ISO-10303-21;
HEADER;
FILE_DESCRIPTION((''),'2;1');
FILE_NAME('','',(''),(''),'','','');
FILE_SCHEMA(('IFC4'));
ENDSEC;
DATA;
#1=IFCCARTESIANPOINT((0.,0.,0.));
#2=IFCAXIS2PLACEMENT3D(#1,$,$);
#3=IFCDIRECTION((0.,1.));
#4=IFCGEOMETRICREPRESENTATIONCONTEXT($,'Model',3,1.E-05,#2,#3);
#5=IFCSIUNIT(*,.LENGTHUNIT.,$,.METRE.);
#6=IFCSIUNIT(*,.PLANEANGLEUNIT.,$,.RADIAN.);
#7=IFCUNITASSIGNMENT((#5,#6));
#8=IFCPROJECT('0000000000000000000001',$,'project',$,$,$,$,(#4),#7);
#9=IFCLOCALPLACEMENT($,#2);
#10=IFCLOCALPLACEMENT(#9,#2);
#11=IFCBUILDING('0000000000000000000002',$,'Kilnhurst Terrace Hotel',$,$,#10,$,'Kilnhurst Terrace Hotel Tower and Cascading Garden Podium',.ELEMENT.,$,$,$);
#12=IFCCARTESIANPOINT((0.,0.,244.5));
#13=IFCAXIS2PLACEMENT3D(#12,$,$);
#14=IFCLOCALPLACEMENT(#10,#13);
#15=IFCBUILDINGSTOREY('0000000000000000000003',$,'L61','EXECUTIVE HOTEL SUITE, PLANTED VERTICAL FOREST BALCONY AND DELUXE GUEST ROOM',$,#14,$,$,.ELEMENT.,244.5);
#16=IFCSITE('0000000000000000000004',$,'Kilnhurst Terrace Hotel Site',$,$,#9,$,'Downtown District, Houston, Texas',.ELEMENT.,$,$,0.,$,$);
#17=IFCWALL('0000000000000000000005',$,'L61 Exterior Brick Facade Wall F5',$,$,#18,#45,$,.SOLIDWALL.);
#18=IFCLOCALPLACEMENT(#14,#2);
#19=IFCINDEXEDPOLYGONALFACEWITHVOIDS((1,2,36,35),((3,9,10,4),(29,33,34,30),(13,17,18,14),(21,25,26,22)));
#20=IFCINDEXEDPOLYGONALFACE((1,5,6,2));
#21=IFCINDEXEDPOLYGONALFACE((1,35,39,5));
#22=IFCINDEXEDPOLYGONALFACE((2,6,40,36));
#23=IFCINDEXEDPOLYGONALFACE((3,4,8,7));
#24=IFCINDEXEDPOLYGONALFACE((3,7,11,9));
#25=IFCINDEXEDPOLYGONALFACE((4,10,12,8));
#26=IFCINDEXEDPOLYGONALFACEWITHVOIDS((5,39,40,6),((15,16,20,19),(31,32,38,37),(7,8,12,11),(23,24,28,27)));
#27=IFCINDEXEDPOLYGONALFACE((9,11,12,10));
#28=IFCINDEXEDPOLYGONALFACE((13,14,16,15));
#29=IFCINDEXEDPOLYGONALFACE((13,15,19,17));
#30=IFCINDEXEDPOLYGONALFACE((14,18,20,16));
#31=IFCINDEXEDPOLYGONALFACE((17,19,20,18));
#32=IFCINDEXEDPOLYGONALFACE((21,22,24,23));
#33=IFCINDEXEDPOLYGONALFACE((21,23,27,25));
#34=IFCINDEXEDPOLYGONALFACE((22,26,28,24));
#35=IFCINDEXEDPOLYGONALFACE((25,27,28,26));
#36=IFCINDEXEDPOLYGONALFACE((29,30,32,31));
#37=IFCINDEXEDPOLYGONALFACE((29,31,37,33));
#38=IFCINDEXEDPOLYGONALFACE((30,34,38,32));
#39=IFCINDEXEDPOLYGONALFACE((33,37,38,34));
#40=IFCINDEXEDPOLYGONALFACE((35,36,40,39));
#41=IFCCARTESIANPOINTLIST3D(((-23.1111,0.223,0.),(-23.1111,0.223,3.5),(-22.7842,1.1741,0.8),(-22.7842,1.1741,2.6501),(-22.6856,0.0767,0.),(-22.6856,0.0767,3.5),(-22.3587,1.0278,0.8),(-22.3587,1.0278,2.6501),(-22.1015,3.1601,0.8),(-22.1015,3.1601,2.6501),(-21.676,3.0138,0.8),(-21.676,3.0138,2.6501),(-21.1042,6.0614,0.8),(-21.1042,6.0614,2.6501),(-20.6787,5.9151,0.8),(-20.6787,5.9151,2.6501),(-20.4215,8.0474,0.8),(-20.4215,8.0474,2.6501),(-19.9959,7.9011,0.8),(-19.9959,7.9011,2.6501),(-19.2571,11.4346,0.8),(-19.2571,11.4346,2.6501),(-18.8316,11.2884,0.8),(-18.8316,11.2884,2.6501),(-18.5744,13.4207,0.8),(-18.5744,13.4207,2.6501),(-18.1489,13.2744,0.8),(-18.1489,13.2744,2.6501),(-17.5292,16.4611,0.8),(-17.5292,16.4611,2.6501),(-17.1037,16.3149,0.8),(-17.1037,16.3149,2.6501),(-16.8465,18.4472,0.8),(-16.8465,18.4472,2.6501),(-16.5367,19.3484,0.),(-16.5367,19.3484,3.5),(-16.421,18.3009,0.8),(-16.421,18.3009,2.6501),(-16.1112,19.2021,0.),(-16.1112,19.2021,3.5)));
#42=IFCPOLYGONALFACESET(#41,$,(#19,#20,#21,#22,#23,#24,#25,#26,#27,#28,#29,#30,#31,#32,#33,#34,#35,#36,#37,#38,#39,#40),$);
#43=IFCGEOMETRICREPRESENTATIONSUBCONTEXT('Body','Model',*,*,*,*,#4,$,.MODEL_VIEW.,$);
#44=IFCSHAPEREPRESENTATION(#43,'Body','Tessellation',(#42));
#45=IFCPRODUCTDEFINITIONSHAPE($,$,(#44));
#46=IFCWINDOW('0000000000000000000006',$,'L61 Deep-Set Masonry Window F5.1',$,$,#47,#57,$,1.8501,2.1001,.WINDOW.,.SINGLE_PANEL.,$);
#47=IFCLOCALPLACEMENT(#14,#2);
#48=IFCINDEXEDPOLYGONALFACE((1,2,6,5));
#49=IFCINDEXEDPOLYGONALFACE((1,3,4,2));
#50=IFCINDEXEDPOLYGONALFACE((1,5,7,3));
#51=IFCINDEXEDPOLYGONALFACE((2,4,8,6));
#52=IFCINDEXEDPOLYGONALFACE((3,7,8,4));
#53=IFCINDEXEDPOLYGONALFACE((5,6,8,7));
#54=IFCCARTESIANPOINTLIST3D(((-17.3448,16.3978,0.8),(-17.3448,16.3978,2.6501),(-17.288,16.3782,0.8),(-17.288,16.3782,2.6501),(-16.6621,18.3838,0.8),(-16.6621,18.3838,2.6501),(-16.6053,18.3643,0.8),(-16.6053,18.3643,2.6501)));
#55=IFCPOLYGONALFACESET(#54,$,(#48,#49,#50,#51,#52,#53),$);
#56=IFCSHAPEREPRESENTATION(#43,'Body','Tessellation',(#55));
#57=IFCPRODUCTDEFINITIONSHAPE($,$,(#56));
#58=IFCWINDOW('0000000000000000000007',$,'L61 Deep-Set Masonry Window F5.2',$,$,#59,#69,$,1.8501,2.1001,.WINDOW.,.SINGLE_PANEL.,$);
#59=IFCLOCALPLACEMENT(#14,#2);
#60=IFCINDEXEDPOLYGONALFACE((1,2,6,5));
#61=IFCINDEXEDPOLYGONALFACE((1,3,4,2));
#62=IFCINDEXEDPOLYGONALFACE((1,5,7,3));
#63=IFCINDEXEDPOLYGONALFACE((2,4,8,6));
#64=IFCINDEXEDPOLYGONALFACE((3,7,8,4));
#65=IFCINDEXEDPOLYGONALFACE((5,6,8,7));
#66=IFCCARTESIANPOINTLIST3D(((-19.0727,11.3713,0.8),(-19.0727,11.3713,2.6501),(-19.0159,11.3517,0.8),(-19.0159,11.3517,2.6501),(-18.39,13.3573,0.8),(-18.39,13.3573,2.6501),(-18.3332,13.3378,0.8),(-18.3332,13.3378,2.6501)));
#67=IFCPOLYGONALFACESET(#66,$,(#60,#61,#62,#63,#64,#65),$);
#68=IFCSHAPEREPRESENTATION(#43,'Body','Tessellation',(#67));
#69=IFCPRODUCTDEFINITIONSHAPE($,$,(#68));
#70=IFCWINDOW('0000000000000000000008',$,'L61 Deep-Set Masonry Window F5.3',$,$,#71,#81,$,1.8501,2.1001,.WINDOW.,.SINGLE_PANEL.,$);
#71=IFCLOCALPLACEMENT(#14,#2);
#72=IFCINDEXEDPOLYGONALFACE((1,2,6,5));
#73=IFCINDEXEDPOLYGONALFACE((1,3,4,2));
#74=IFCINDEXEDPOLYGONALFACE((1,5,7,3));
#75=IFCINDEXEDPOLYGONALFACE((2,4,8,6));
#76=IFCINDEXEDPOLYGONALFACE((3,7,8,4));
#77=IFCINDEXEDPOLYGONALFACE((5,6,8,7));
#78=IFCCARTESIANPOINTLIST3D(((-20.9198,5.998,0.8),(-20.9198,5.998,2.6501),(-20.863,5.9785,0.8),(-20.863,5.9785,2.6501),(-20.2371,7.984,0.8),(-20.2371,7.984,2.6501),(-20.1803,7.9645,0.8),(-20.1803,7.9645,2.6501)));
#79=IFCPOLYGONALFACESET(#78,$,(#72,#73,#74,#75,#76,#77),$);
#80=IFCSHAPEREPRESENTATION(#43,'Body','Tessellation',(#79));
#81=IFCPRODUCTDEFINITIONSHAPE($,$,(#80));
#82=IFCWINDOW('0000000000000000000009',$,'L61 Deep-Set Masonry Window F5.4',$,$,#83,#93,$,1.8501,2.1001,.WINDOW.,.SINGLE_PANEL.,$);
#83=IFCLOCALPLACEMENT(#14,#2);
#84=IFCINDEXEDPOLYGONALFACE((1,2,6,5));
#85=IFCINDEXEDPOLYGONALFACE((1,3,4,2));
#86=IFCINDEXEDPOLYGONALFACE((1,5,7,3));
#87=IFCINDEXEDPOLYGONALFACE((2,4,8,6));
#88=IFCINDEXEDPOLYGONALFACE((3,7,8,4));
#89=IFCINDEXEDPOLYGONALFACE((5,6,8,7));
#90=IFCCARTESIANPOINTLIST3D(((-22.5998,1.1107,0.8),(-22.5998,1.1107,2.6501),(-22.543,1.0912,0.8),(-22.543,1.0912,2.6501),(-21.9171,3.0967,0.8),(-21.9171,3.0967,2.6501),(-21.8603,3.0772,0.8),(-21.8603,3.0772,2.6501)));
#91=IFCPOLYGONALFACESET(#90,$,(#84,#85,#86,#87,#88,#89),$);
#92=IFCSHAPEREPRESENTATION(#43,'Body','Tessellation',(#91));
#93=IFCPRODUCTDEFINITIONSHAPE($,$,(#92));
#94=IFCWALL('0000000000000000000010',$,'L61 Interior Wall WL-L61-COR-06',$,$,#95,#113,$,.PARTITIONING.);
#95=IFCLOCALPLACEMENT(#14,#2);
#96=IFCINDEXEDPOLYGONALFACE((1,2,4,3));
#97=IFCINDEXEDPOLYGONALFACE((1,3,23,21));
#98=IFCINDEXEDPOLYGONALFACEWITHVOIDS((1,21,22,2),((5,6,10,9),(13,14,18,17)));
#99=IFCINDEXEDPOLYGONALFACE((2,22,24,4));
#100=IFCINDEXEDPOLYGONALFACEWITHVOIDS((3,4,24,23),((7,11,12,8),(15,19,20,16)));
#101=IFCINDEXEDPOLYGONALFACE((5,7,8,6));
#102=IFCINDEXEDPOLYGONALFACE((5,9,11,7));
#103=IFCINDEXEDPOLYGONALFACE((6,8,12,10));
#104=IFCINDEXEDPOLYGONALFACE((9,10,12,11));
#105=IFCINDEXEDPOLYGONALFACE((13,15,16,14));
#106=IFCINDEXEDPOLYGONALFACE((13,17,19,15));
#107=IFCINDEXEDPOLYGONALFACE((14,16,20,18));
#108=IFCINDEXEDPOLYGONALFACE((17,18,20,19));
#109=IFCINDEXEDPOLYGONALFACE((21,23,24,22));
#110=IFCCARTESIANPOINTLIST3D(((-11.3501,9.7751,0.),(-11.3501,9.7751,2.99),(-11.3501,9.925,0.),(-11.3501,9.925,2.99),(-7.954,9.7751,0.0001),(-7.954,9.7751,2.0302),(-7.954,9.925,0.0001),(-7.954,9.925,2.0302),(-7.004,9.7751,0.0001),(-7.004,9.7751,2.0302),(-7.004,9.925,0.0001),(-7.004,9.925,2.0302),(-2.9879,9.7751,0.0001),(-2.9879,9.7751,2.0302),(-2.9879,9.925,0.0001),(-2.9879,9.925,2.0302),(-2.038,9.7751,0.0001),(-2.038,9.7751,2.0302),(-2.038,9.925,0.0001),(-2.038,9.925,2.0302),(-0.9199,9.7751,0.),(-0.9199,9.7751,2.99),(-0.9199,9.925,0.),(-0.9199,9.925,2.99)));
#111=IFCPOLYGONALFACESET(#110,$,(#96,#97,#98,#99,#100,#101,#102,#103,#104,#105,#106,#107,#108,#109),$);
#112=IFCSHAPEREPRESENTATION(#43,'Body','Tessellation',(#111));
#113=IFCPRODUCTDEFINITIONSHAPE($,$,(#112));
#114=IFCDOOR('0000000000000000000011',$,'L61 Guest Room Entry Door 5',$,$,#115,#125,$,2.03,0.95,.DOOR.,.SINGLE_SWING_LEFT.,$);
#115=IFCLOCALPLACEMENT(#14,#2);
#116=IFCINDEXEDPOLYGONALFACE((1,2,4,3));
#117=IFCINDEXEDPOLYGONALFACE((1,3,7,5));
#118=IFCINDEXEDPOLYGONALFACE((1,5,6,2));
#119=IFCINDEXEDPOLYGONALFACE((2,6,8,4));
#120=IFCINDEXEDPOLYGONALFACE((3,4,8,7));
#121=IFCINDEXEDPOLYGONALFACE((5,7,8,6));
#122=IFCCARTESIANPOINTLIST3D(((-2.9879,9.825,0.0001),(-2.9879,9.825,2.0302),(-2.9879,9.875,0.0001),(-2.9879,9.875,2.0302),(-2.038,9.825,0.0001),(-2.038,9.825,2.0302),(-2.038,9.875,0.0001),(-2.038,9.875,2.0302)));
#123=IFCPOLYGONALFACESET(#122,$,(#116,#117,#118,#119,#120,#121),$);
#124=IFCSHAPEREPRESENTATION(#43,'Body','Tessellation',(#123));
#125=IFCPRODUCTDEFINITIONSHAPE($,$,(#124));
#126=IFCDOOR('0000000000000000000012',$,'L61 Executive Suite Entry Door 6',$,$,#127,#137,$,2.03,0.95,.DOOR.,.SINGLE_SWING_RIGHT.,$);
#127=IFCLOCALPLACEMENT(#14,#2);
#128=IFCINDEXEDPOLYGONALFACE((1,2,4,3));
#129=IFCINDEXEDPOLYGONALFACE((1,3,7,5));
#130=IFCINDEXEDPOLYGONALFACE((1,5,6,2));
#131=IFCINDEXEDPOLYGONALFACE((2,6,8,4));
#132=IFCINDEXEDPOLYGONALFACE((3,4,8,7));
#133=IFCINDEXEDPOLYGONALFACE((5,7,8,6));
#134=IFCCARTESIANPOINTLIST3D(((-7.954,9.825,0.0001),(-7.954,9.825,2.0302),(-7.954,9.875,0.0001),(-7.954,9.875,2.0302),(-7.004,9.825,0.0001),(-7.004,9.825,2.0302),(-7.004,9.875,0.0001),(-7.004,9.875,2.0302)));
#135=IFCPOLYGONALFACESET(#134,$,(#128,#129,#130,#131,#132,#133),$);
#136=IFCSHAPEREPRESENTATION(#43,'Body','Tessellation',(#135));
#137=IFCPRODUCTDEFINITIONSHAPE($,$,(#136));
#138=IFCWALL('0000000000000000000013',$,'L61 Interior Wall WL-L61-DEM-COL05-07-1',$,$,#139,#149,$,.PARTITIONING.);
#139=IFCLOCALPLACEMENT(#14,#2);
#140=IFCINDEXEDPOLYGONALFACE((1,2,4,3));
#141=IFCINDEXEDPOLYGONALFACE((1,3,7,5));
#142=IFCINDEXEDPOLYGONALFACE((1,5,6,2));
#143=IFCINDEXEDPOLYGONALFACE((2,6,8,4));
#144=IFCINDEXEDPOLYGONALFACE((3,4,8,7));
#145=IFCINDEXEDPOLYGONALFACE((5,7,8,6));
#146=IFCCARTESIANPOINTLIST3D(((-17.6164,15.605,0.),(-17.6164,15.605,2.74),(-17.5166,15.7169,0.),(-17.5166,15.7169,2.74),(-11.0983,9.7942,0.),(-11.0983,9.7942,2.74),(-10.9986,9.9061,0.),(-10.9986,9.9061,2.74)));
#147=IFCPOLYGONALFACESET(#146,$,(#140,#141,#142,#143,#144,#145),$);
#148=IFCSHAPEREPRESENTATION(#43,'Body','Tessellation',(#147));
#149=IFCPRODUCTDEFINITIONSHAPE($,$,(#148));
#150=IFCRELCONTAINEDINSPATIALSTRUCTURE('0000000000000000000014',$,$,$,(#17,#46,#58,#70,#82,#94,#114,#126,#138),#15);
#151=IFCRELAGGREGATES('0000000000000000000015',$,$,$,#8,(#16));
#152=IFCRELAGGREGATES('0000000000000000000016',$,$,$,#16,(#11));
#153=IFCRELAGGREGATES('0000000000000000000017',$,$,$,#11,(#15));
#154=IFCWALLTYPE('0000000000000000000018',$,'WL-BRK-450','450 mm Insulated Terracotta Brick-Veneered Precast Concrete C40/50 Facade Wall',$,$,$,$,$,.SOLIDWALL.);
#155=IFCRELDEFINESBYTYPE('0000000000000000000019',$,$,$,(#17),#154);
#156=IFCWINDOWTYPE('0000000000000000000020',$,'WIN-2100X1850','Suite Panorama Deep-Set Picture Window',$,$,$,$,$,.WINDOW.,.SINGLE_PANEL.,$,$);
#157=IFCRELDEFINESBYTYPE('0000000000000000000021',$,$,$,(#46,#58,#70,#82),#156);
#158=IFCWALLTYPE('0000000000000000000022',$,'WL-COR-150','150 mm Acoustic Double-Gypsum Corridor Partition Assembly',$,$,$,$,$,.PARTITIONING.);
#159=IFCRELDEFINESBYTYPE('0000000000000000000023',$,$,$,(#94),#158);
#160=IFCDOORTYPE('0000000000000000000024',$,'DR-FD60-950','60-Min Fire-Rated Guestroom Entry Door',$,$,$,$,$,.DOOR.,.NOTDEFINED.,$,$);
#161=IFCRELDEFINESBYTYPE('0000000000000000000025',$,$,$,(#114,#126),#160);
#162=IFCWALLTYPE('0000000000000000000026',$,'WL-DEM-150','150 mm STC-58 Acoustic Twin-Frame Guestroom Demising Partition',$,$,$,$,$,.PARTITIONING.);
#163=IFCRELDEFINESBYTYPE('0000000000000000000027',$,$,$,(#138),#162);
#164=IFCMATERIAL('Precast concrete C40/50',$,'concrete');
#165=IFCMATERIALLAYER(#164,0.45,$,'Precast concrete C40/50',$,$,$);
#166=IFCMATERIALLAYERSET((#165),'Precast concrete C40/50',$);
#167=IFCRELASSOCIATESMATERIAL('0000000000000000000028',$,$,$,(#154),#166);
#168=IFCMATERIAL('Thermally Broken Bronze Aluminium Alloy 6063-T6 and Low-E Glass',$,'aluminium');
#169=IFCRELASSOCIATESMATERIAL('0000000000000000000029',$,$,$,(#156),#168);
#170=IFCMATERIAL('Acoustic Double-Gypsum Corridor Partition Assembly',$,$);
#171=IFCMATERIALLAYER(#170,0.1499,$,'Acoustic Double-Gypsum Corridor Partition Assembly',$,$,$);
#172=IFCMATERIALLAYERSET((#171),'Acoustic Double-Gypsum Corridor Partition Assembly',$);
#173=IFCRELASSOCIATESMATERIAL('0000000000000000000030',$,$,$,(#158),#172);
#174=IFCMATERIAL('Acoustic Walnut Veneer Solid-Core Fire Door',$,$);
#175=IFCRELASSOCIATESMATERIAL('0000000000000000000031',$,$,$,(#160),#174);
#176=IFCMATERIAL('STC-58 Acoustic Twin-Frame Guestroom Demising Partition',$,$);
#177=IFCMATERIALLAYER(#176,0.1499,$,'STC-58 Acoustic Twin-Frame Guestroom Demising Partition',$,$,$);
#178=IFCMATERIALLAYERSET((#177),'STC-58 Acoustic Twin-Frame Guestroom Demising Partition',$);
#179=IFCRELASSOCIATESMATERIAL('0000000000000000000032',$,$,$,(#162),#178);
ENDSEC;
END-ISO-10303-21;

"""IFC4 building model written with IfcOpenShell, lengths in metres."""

from ifc_helpers import new_model, si_unit, direction, frame, frame_2d, origin, place, context, subcontext, project, spatial, rectangle, extrude, material, layer, layer_set, type_object, element, fill, save


model = new_model("IFC4")

# Units and contexts
model_context = context("Model", 3, precision=1e-05, world=origin(), true_north=direction((0.0, 1.0)))
body_context = subcontext(model_context, "Body", "Model", "MODEL_VIEW")
ifc_project = project(units=[si_unit("LENGTHUNIT", "METRE"), si_unit("PLANEANGLEUNIT", "RADIAN")], contexts=[model_context])

# Site, building, storey
site_placement = place(None, origin())
site = spatial("IfcSite", under=ifc_project, at=site_placement, Name="Kilnhurst Terrace Hotel Site", LongName="Downtown District, Houston, Texas", CompositionType="ELEMENT", RefElevation=0.0)
building_placement = place(site_placement, origin())
building = spatial("IfcBuilding", under=site, at=building_placement, Name="Kilnhurst Terrace Hotel", LongName="Kilnhurst Terrace Hotel Tower and Cascading Garden Podium", CompositionType="ELEMENT")
storey_placement = place(building_placement, frame((0.0, 0.0, 244.5)))
storey = spatial("IfcBuildingStorey", under=building, at=storey_placement, Name="L61", Description="EXECUTIVE HOTEL SUITE, PLANTED VERTICAL FOREST BALCONY AND DELUXE GUEST ROOM", CompositionType="ELEMENT", Elevation=244.5)

# Shared definitions
ifc_material_1 = material(Name="Precast concrete C40/50", Category="concrete")
ifc_layer_1 = layer(ifc_material_1, 0.45, Name="Precast concrete C40/50")
ifc_layer_set_1 = layer_set([ifc_layer_1], Name="Precast concrete C40/50")
wall_type_1 = type_object("IfcWallType", Name="WL-BRK-450", Description="450 mm Insulated Terracotta Brick-Veneered Precast Concrete C40/50 Facade Wall", PredefinedType="SOLIDWALL", material=ifc_layer_set_1)

# Wall, openings, windows
wall_1_placement = place(storey_placement, frame((-16.324, 19.2751, 0.0), z_axis=(0.0, 0.0, 1.0), x_axis=(-0.325083, -0.945685, 0.0)))
wall_1 = element("IfcWall", 1, at=wall_1_placement, inside=storey, type_object=wall_type_1, Name="L61 Exterior Brick Facade Wall F5", PredefinedType="SOLIDWALL", context=body_context, shape_type="SweptSolid", body=[
    extrude(rectangle(XDim=20.2239, YDim=0.45, at=frame_2d((10.1118, 0.0))), origin(), (0.0, 0.0, 1.0), 3.5),
])
opening_1_placement = place(wall_1_placement, frame((0.9529, 0.0, 0.8)))
opening_1 = element("IfcOpeningElement", 2, at=opening_1_placement, cuts=wall_1, PredefinedType="OPENING", context=body_context, shape_type="SweptSolid", body=[
    extrude(rectangle(XDim=2.1001, YDim=1.8501, at=frame_2d((1.05, 0.925))), frame((0.0, 0.2349, 0.0), z_axis=(0.0, -1.0, 0.0), x_axis=(1.0, 0.0, 0.0)), (0.0, 0.0, 1.0), 0.47),
])
opening_2_placement = place(wall_1_placement, frame((6.2681, 0.0, 0.8)))
opening_2 = element("IfcOpeningElement", 3, at=opening_2_placement, cuts=wall_1, PredefinedType="OPENING", context=body_context, shape_type="SweptSolid", body=[
    extrude(rectangle(XDim=2.1001, YDim=1.8501, at=frame_2d((1.05, 0.925))), frame((0.0, 0.2349, 0.0), z_axis=(0.0, -1.0, 0.0), x_axis=(1.0, 0.0, 0.0)), (0.0, 0.0, 1.0), 0.47),
])
opening_3_placement = place(wall_1_placement, frame((11.95, 0.0, 0.8)))
opening_3 = element("IfcOpeningElement", 4, at=opening_3_placement, cuts=wall_1, PredefinedType="OPENING", context=body_context, shape_type="SweptSolid", body=[
    extrude(rectangle(XDim=2.1001, YDim=1.8501, at=frame_2d((1.05, 0.925))), frame((0.0, 0.2349, 0.0), z_axis=(0.0, -1.0, 0.0), x_axis=(1.0, 0.0, 0.0)), (0.0, 0.0, 1.0), 0.47),
])
opening_4_placement = place(wall_1_placement, frame((17.1179, 0.0, 0.8)))
opening_4 = element("IfcOpeningElement", 5, at=opening_4_placement, cuts=wall_1, PredefinedType="OPENING", context=body_context, shape_type="SweptSolid", body=[
    extrude(rectangle(XDim=2.1001, YDim=1.8501, at=frame_2d((1.05, 0.925))), frame((0.0, 0.2349, 0.0), z_axis=(0.0, -1.0, 0.0), x_axis=(1.0, 0.0, 0.0)), (0.0, 0.0, 1.0), 0.47),
])
ifc_material_2 = material(Name="Thermally Broken Bronze Aluminium Alloy 6063-T6 and Low-E Glass", Category="aluminium")
window_type = type_object("IfcWindowType", Name="WIN-2100X1850", Description="Suite Panorama Deep-Set Picture Window", PartitioningType="SINGLE_PANEL", PredefinedType="WINDOW", material=ifc_material_2)
window_1_placement = place(opening_1_placement, origin())
window_1 = element("IfcWindow", 6, at=window_1_placement, inside=storey, type_object=window_type, Name="L61 Deep-Set Masonry Window F5.1", OverallHeight=1.8501, OverallWidth=2.1001, PartitioningType="SINGLE_PANEL", PredefinedType="WINDOW", context=body_context, shape_type="SweptSolid", body=[
    extrude(rectangle(XDim=2.1001, YDim=1.8501, at=frame_2d((1.05, 0.925))), frame((0.0, 0.03, 0.0), z_axis=(0.0, -1.0, 0.0), x_axis=(1.0, 0.0, 0.0)), (0.0, 0.0, 1.0), 0.0601),
])
fill(opening_1, window_1)
window_2_placement = place(opening_2_placement, origin())
window_2 = element("IfcWindow", 7, at=window_2_placement, inside=storey, type_object=window_type, Name="L61 Deep-Set Masonry Window F5.2", OverallHeight=1.8501, OverallWidth=2.1001, PartitioningType="SINGLE_PANEL", PredefinedType="WINDOW", context=body_context, shape_type="SweptSolid", body=[
    extrude(rectangle(XDim=2.1001, YDim=1.8501, at=frame_2d((1.05, 0.925))), frame((0.0, 0.03, 0.0), z_axis=(0.0, -1.0, 0.0), x_axis=(1.0, 0.0, 0.0)), (0.0, 0.0, 1.0), 0.0601),
])
fill(opening_2, window_2)
window_3_placement = place(opening_3_placement, origin())
window_3 = element("IfcWindow", 8, at=window_3_placement, inside=storey, type_object=window_type, Name="L61 Deep-Set Masonry Window F5.3", OverallHeight=1.8501, OverallWidth=2.1001, PartitioningType="SINGLE_PANEL", PredefinedType="WINDOW", context=body_context, shape_type="SweptSolid", body=[
    extrude(rectangle(XDim=2.1001, YDim=1.8501, at=frame_2d((1.05, 0.925))), frame((0.0, 0.03, 0.0), z_axis=(0.0, -1.0, 0.0), x_axis=(1.0, 0.0, 0.0)), (0.0, 0.0, 1.0), 0.0601),
])
fill(opening_3, window_3)
window_4_placement = place(opening_4_placement, origin())
window_4 = element("IfcWindow", 9, at=window_4_placement, inside=storey, type_object=window_type, Name="L61 Deep-Set Masonry Window F5.4", OverallHeight=1.8501, OverallWidth=2.1001, PartitioningType="SINGLE_PANEL", PredefinedType="WINDOW", context=body_context, shape_type="SweptSolid", body=[
    extrude(rectangle(XDim=2.1001, YDim=1.8501, at=frame_2d((1.05, 0.925))), frame((0.0, 0.03, 0.0), z_axis=(0.0, -1.0, 0.0), x_axis=(1.0, 0.0, 0.0)), (0.0, 0.0, 1.0), 0.0601),
])
fill(opening_4, window_4)

# Wall, openings, doors
ifc_material_3 = material(Name="Acoustic Double-Gypsum Corridor Partition Assembly")
ifc_layer_2 = layer(ifc_material_3, 0.1499, Name="Acoustic Double-Gypsum Corridor Partition Assembly")
ifc_layer_set_2 = layer_set([ifc_layer_2], Name="Acoustic Double-Gypsum Corridor Partition Assembly")
wall_type_2 = type_object("IfcWallType", Name="WL-COR-150", Description="150 mm Acoustic Double-Gypsum Corridor Partition Assembly", PredefinedType="PARTITIONING", material=ifc_layer_set_2)
wall_2_placement = place(storey_placement, frame((-11.3501, 9.8501, 0.0), z_axis=(0.0, 0.0, 1.0), x_axis=(1.0, 0.0, 0.0)))
wall_2 = element("IfcWall", 10, at=wall_2_placement, inside=storey, type_object=wall_type_2, Name="L61 Interior Wall WL-L61-COR-06", PredefinedType="PARTITIONING", context=body_context, shape_type="SweptSolid", body=[
    extrude(rectangle(XDim=10.4302, YDim=0.1499, at=frame_2d((5.2151, 0.0))), origin(), (0.0, 0.0, 1.0), 2.99),
])
opening_5_placement = place(wall_2_placement, frame((8.3621, 0.0, 0.0)))
opening_5 = element("IfcOpeningElement", 11, at=opening_5_placement, cuts=wall_2, PredefinedType="OPENING", context=body_context, shape_type="SweptSolid", body=[
    extrude(rectangle(XDim=0.95, YDim=2.03, at=frame_2d((0.4751, 1.0151))), frame((0.0, 0.085, 0.0), z_axis=(0.0, -1.0, 0.0), x_axis=(1.0, 0.0, 0.0)), (0.0, 0.0, 1.0), 0.1699),
])
opening_6_placement = place(wall_2_placement, frame((3.396, 0.0, 0.0)))
opening_6 = element("IfcOpeningElement", 12, at=opening_6_placement, cuts=wall_2, PredefinedType="OPENING", context=body_context, shape_type="SweptSolid", body=[
    extrude(rectangle(XDim=0.95, YDim=2.03, at=frame_2d((0.4751, 1.0151))), frame((0.0, 0.085, 0.0), z_axis=(0.0, -1.0, 0.0), x_axis=(1.0, 0.0, 0.0)), (0.0, 0.0, 1.0), 0.1699),
])
ifc_material_4 = material(Name="Acoustic Walnut Veneer Solid-Core Fire Door")
door_type_1 = type_object("IfcDoorType", Name="DR-FD60-950", Description="60-Min Fire-Rated Guestroom Entry Door", OperationType="NOTDEFINED", PredefinedType="DOOR", material=ifc_material_4)
door_1_placement = place(opening_5_placement, origin())
door_1 = element("IfcDoor", 13, at=door_1_placement, inside=storey, type_object=door_type_1, Name="L61 Guest Room Entry Door 5", OperationType="SINGLE_SWING_LEFT", OverallHeight=2.03, OverallWidth=0.95, PredefinedType="DOOR", context=body_context, shape_type="SweptSolid", body=[
    extrude(rectangle(XDim=0.95, YDim=2.03, at=frame_2d((0.4751, 1.0151))), frame((0.0, 0.0249, 0.0), z_axis=(0.0, -1.0, 0.0), x_axis=(1.0, 0.0, 0.0)), (0.0, 0.0, 1.0), 0.05),
])
fill(opening_5, door_1)
door_2_placement = place(opening_6_placement, origin())
door_2 = element("IfcDoor", 14, at=door_2_placement, inside=storey, type_object=door_type_1, Name="L61 Executive Suite Entry Door 6", OperationType="SINGLE_SWING_RIGHT", OverallHeight=2.03, OverallWidth=0.95, PredefinedType="DOOR", context=body_context, shape_type="SweptSolid", body=[
    extrude(rectangle(XDim=0.95, YDim=2.03, at=frame_2d((0.4751, 1.0151))), frame((0.0, 0.0249, 0.0), z_axis=(0.0, -1.0, 0.0), x_axis=(1.0, 0.0, 0.0)), (0.0, 0.0, 1.0), 0.05),
])
fill(opening_6, door_2)

# Wall
ifc_material_5 = material(Name="STC-58 Acoustic Twin-Frame Guestroom Demising Partition")
ifc_layer_3 = layer(ifc_material_5, 0.1499, Name="STC-58 Acoustic Twin-Frame Guestroom Demising Partition")
ifc_layer_set_3 = layer_set([ifc_layer_3], Name="STC-58 Acoustic Twin-Frame Guestroom Demising Partition")
wall_type_3 = type_object("IfcWallType", Name="WL-DEM-150", Description="150 mm STC-58 Acoustic Twin-Frame Guestroom Demising Partition", PredefinedType="PARTITIONING", material=ifc_layer_set_3)
wall_3_placement = place(storey_placement, frame((-11.0483, 9.8501, 0.0), z_axis=(0.0, 0.0, 1.0), x_axis=(-0.746444, 0.665448, 0.0)))
element("IfcWall", 15, at=wall_3_placement, inside=storey, type_object=wall_type_3, Name="L61 Interior Wall WL-L61-DEM-COL05-07-1", PredefinedType="PARTITIONING", context=body_context, shape_type="SweptSolid", body=[
    extrude(rectangle(XDim=8.7322, YDim=0.1499, at=frame_2d((4.3662, 0.0))), origin(), (0.0, 0.0, 1.0), 2.74),
])

save(model, "model.ifc")
